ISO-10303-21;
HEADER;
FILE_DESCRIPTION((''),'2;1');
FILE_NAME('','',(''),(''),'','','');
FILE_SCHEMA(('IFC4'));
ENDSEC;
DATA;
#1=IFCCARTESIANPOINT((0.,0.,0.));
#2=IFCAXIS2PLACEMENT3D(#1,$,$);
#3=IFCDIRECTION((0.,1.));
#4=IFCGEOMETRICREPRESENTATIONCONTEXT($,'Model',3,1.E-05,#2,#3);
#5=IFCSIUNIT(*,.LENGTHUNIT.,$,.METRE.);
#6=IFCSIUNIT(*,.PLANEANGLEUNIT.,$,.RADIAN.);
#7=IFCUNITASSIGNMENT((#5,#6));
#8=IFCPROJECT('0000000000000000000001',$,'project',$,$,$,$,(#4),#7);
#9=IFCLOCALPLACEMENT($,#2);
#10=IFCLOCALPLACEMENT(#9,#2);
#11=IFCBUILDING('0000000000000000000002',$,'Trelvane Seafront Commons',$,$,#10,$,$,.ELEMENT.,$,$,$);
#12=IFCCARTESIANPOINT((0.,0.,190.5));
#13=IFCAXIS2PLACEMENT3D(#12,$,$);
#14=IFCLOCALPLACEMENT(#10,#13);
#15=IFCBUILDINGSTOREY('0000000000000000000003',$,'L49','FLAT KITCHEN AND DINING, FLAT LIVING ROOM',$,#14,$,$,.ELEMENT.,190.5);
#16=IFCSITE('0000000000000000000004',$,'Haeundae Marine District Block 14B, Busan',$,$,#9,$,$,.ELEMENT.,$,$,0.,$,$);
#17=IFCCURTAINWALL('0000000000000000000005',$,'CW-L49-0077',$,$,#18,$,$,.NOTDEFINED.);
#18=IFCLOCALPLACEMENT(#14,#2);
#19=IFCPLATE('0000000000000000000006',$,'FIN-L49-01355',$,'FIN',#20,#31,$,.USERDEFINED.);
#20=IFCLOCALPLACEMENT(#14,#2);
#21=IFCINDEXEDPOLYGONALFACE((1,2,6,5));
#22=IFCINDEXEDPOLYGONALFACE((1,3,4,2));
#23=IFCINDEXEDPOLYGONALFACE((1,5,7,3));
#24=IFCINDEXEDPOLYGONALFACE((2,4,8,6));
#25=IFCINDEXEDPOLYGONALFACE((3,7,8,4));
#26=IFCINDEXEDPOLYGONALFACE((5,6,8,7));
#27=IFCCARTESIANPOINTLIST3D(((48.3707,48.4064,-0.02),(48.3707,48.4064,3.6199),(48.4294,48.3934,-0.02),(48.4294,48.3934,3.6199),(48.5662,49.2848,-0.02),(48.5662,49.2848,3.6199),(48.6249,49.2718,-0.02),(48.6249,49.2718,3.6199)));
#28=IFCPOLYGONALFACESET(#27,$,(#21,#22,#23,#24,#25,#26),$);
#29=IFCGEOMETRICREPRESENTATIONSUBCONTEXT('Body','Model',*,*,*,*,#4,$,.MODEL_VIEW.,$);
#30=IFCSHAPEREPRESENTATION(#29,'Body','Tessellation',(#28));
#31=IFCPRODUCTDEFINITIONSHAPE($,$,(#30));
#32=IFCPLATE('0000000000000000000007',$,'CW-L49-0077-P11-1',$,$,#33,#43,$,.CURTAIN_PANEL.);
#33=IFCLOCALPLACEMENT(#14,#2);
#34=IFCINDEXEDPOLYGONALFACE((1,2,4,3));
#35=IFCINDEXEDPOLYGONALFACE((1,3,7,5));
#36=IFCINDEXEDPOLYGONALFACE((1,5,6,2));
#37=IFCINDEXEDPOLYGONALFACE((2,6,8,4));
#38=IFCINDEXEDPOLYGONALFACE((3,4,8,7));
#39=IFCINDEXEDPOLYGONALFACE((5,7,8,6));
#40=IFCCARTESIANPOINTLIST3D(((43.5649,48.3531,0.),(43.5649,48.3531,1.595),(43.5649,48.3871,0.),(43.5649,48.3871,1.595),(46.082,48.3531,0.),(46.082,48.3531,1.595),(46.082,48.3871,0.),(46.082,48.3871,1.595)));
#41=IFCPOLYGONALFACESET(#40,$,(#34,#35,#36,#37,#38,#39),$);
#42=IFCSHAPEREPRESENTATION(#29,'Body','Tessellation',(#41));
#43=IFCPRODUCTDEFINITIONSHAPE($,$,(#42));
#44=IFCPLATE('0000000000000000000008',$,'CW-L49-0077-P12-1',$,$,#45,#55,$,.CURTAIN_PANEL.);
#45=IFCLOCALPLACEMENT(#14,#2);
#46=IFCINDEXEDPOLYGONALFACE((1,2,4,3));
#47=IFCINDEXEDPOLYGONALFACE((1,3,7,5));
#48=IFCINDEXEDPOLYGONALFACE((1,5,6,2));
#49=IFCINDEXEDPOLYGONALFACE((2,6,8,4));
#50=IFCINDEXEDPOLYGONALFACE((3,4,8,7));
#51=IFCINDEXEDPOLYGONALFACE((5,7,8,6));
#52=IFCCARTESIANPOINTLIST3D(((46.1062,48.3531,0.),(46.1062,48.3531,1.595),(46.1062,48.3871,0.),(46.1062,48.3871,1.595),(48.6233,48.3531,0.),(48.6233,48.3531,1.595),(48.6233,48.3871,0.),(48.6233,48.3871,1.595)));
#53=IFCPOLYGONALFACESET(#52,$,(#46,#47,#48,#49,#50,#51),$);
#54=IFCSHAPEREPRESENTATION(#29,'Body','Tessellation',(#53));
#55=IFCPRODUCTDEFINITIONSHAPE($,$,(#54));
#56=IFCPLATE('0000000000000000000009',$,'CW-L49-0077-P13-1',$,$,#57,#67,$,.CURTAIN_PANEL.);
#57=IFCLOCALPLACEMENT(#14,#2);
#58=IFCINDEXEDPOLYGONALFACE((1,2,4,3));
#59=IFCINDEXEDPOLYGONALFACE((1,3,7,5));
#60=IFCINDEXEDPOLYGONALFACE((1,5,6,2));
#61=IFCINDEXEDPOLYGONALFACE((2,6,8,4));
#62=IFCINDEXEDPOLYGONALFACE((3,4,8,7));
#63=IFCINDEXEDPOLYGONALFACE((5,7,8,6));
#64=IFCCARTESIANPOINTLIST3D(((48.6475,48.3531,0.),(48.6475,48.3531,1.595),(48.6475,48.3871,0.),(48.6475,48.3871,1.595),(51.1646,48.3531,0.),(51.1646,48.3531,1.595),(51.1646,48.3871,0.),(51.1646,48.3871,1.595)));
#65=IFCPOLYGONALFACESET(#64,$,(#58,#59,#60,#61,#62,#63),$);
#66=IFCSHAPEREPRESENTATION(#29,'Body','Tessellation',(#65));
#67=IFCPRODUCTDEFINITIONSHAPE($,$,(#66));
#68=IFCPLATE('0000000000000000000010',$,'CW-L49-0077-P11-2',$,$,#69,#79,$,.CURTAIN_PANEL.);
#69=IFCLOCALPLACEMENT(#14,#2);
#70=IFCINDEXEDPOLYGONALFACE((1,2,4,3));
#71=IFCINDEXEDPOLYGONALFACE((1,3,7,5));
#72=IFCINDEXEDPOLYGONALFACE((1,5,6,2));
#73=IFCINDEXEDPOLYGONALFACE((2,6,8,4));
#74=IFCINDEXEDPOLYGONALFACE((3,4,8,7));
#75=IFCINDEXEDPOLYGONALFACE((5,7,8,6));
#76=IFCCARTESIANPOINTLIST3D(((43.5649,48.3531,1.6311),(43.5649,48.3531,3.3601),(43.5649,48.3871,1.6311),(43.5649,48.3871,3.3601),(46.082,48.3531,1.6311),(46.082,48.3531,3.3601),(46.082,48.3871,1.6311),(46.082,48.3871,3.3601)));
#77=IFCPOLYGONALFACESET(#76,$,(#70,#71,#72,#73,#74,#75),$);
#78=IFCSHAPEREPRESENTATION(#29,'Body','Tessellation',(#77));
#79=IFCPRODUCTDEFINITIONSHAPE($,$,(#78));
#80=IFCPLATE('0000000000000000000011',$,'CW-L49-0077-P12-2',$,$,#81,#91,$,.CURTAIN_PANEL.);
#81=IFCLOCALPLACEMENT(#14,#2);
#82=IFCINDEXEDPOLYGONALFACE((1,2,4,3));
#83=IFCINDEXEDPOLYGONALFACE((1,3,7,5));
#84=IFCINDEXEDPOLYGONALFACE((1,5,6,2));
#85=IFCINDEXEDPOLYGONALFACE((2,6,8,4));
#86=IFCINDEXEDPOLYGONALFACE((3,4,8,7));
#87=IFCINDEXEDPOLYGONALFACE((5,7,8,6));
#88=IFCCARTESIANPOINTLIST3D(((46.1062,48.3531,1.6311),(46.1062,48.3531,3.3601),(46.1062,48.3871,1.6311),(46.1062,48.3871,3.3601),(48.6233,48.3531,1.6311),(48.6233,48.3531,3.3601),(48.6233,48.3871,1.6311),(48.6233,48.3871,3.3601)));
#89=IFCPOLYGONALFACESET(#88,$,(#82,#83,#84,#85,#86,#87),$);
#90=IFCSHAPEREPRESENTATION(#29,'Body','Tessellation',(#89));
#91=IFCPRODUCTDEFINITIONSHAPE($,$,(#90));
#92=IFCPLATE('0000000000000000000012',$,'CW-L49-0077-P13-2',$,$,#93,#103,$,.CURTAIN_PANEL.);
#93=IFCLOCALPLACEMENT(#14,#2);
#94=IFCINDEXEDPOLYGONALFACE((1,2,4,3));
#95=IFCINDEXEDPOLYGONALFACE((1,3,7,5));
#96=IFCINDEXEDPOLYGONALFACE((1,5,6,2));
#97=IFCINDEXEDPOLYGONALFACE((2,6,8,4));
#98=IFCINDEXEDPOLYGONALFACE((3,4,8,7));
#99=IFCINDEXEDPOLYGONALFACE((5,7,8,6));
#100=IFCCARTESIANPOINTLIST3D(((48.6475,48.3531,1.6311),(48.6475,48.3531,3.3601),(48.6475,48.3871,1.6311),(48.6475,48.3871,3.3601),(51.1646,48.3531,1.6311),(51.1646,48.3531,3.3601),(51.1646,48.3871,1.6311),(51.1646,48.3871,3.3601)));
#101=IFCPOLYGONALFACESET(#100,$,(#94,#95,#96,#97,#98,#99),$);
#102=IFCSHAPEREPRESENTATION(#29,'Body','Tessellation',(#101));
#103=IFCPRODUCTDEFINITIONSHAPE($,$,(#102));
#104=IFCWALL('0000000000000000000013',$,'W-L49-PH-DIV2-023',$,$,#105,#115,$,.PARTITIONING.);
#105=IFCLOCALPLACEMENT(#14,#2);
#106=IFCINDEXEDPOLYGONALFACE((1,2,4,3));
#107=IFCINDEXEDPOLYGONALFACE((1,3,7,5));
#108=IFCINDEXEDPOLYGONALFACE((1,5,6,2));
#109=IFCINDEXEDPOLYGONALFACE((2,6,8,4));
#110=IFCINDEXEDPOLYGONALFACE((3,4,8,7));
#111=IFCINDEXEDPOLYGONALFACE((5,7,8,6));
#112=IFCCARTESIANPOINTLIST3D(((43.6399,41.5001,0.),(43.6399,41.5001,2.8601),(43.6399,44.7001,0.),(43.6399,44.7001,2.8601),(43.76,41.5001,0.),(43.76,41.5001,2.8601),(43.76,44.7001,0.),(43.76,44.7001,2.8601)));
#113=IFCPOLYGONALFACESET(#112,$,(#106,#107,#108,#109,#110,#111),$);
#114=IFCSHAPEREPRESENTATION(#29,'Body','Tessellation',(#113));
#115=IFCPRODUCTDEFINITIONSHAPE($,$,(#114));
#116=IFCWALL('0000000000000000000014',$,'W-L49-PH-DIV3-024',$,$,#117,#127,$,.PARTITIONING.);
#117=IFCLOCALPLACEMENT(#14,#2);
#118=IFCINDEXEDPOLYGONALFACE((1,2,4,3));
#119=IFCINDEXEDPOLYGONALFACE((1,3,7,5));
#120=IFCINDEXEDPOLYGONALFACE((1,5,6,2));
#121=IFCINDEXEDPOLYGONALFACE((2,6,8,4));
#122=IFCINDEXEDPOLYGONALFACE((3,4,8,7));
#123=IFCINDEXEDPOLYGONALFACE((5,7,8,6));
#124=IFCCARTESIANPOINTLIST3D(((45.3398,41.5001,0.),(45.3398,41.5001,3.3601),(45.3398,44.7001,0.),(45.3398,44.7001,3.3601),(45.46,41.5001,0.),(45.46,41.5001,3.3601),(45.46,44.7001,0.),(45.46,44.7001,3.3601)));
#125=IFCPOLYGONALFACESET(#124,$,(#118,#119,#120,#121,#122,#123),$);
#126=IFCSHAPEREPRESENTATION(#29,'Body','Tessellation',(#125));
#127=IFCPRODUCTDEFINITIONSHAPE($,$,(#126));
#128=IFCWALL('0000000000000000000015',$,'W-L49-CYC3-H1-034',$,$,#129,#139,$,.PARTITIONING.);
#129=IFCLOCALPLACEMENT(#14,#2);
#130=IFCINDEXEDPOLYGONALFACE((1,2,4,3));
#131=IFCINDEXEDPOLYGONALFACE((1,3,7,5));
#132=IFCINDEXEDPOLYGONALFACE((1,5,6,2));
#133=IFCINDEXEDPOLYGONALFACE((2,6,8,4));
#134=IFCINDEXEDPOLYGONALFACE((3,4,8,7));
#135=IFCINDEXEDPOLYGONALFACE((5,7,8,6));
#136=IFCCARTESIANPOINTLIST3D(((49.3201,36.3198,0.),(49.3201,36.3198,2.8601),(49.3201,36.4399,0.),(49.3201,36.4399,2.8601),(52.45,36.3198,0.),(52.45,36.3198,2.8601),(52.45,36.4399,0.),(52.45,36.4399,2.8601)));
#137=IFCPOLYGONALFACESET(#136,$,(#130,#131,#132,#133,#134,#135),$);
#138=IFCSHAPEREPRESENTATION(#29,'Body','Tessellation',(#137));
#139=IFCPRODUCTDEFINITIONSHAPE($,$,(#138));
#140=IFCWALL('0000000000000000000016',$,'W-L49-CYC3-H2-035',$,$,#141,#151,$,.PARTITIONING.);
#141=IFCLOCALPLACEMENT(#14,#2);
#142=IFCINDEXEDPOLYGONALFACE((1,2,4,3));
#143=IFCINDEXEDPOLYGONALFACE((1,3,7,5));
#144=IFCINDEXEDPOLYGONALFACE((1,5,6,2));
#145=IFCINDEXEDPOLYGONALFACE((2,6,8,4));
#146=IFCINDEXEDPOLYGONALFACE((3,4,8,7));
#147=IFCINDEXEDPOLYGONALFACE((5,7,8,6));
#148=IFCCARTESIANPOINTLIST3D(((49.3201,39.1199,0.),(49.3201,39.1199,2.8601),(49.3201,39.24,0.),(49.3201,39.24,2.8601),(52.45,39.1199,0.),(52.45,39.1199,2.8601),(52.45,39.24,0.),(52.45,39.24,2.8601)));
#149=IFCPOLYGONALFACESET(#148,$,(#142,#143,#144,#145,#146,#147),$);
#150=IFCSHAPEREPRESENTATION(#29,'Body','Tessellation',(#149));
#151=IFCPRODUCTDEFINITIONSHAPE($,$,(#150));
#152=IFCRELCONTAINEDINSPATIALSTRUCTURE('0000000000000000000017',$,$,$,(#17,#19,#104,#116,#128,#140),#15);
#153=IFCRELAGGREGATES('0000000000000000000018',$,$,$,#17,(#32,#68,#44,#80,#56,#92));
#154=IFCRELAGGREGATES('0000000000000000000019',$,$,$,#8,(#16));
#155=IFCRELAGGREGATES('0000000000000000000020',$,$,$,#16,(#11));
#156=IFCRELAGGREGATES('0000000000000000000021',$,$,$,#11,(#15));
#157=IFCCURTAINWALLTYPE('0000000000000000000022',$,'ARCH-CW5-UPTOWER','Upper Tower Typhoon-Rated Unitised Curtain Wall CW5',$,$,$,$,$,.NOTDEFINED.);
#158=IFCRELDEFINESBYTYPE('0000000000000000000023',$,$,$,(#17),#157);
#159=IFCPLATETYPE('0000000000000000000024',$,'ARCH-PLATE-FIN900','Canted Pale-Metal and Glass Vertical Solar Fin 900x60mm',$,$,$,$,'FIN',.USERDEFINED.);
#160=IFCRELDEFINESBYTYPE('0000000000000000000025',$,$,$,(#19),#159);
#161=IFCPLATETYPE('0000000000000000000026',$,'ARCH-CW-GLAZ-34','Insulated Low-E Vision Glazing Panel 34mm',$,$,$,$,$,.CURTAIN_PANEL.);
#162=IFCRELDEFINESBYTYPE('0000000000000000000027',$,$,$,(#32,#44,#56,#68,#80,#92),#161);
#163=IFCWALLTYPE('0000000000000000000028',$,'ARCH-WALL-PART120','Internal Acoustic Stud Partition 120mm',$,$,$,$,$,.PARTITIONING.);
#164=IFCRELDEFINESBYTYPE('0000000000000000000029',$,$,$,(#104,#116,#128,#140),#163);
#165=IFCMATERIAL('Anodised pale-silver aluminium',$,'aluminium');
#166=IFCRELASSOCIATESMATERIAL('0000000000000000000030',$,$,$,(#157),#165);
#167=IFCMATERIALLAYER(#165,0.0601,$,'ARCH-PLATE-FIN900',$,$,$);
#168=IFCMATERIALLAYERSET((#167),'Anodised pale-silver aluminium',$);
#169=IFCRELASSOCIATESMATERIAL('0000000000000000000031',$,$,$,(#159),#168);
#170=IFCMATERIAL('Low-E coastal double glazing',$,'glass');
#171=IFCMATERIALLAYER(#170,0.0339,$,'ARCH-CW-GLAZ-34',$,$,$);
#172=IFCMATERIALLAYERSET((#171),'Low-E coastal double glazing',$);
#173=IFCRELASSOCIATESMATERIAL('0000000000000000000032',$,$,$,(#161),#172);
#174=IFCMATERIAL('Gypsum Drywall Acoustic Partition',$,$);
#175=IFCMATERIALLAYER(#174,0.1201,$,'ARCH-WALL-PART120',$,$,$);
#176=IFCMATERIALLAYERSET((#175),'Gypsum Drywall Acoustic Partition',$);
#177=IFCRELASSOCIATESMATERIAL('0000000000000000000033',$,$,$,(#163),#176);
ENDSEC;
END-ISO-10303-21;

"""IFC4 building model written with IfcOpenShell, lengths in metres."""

from ifc_helpers import new_model, si_unit, direction, frame, frame_2d, origin, origin_2d, place, context, subcontext, project, spatial, rectangle, extrude, source, transform, mapped, material, layer, layer_set, type_object, element, aggregate, save


model = new_model("IFC4")

# Units and contexts
model_context = context("Model", 3, precision=1e-05, world=origin(), true_north=direction((0.0, 1.0)))
body_context = subcontext(model_context, "Body", "Model", "MODEL_VIEW")
ifc_project = project(units=[si_unit("LENGTHUNIT", "METRE"), si_unit("PLANEANGLEUNIT", "RADIAN")], contexts=[model_context])

# Site, building, storey
site_placement = place(None, origin())
site = spatial("IfcSite", under=ifc_project, at=site_placement, Name="Haeundae Marine District Block 14B, Busan", CompositionType="ELEMENT", RefElevation=0.0)
building_placement = place(site_placement, origin())
building = spatial("IfcBuilding", under=site, at=building_placement, Name="Trelvane Seafront Commons", CompositionType="ELEMENT")
storey_placement = place(building_placement, frame((0.0, 0.0, 190.5)))
storey = spatial("IfcBuildingStorey", under=building, at=storey_placement, Name="L49", Description="FLAT KITCHEN AND DINING, FLAT LIVING ROOM", CompositionType="ELEMENT", Elevation=190.5)

# Curtain wall
ifc_material_1 = material(Name="Anodised pale-silver aluminium", Category="aluminium")
curtain_wall_type = type_object("IfcCurtainWallType", Name="ARCH-CW5-UPTOWER", Description="Upper Tower Typhoon-Rated Unitised Curtain Wall CW5", PredefinedType="NOTDEFINED", material=ifc_material_1)
curtain_wall_placement = place(storey_placement, origin())
curtain_wall = element("IfcCurtainWall", 1, at=curtain_wall_placement, inside=storey, type_object=curtain_wall_type, Name="CW-L49-0077", PredefinedType="NOTDEFINED")

# Plate
ifc_layer_1 = layer(ifc_material_1, 0.0601, Name="ARCH-PLATE-FIN900")
ifc_layer_set_1 = layer_set([ifc_layer_1], Name="Anodised pale-silver aluminium")
plate_type_1 = type_object("IfcPlateType", Name="ARCH-PLATE-FIN900", Description="Canted Pale-Metal and Glass Vertical Solar Fin 900x60mm", ElementType="FIN", PredefinedType="USERDEFINED", material=ifc_layer_set_1)
shared_shape_1 = source(origin(), body_context, "Body", "SweptSolid", [
    extrude(rectangle(XDim=0.8999, YDim=0.0601, at=origin_2d()), origin(), (0.0, 0.0, 1.0), 3.6399),
])
for number, where, z_axis, x_axis, name in (
    (2, (48.4978, 48.8391, -0.02), (0.0, 0.0, 1.0), (0.217225, 0.976122, 0.0), "FIN-L49-01355"),
):
    element("IfcPlate", number, at=place(storey_placement, frame(where, z_axis=z_axis, x_axis=x_axis)), inside=storey, type_object=plate_type_1, Name=name, ObjectType="FIN", PredefinedType="USERDEFINED", context=body_context, shape_type="MappedRepresentation", body=[
        mapped(shared_shape_1, transform((0.0, 0.0, 0.0), x_axis=(1.0, 0.0, 0.0), y_axis=(0.0, 1.0, 0.0), z_axis=(0.0, 0.0, 1.0), scale=1.0)),
    ])

# Plates
ifc_material_2 = material(Name="Low-E coastal double glazing", Category="glass")
ifc_layer_2 = layer(ifc_material_2, 0.0339, Name="ARCH-CW-GLAZ-34")
ifc_layer_set_2 = layer_set([ifc_layer_2], Name="Low-E coastal double glazing")
plate_type_2 = type_object("IfcPlateType", Name="ARCH-CW-GLAZ-34", Description="Insulated Low-E Vision Glazing Panel 34mm", PredefinedType="CURTAIN_PANEL", material=ifc_layer_set_2)
shared_shape_2 = source(origin(), body_context, "Body", "SweptSolid", [
    extrude(rectangle(XDim=2.5171, YDim=0.0339, at=origin_2d()), origin(), (0.0, 0.0, 1.0), 1.595),
])
plate_1_placement = place(storey_placement, frame((44.8235, 48.3701, 0.0), z_axis=(0.0, 0.0, 1.0), x_axis=(1.0, 0.0, 0.0)))
plate_1 = element("IfcPlate", 3, at=plate_1_placement, type_object=plate_type_2, Name="CW-L49-0077-P11-1", PredefinedType="CURTAIN_PANEL", context=body_context, shape_type="MappedRepresentation", body=[
    mapped(shared_shape_2, transform((0.0, 0.0, 0.0), x_axis=(1.0, 0.0, 0.0), y_axis=(0.0, 1.0, 0.0), z_axis=(0.0, 0.0, 1.0), scale=1.0)),
])
plate_2_placement = place(storey_placement, frame((47.3647, 48.3701, 0.0), z_axis=(0.0, 0.0, 1.0), x_axis=(1.0, 0.0, 0.0)))
plate_2 = element("IfcPlate", 4, at=plate_2_placement, type_object=plate_type_2, Name="CW-L49-0077-P12-1", PredefinedType="CURTAIN_PANEL", context=body_context, shape_type="MappedRepresentation", body=[
    mapped(shared_shape_2, transform((0.0, 0.0, 0.0), x_axis=(1.0, 0.0, 0.0), y_axis=(0.0, 1.0, 0.0), z_axis=(0.0, 0.0, 1.0), scale=1.0)),
])
plate_3_placement = place(storey_placement, frame((49.906, 48.3701, 0.0), z_axis=(0.0, 0.0, 1.0), x_axis=(1.0, 0.0, 0.0)))
plate_3 = element("IfcPlate", 5, at=plate_3_placement, type_object=plate_type_2, Name="CW-L49-0077-P13-1", PredefinedType="CURTAIN_PANEL", context=body_context, shape_type="MappedRepresentation", body=[
    mapped(shared_shape_2, transform((0.0, 0.0, 0.0), x_axis=(1.0, 0.0, 0.0), y_axis=(0.0, 1.0, 0.0), z_axis=(0.0, 0.0, 1.0), scale=1.0)),
])
shared_shape_3 = source(origin(), body_context, "Body", "SweptSolid", [
    extrude(rectangle(XDim=2.5171, YDim=0.0339, at=origin_2d()), origin(), (0.0, 0.0, 1.0), 1.729),
])
plate_4_placement = place(storey_placement, frame((44.8235, 48.3701, 1.6311), z_axis=(0.0, 0.0, 1.0), x_axis=(1.0, 0.0, 0.0)))
plate_4 = element("IfcPlate", 6, at=plate_4_placement, type_object=plate_type_2, Name="CW-L49-0077-P11-2", PredefinedType="CURTAIN_PANEL", context=body_context, shape_type="MappedRepresentation", body=[
    mapped(shared_shape_3, transform((0.0, 0.0, 0.0), x_axis=(1.0, 0.0, 0.0), y_axis=(0.0, 1.0, 0.0), z_axis=(0.0, 0.0, 1.0), scale=1.0)),
])
plate_5_placement = place(storey_placement, frame((47.3647, 48.3701, 1.6311), z_axis=(0.0, 0.0, 1.0), x_axis=(1.0, 0.0, 0.0)))
plate_5 = element("IfcPlate", 7, at=plate_5_placement, type_object=plate_type_2, Name="CW-L49-0077-P12-2", PredefinedType="CURTAIN_PANEL", context=body_context, shape_type="MappedRepresentation", body=[
    mapped(shared_shape_3, transform((0.0, 0.0, 0.0), x_axis=(1.0, 0.0, 0.0), y_axis=(0.0, 1.0, 0.0), z_axis=(0.0, 0.0, 1.0), scale=1.0)),
])
plate_6_placement = place(storey_placement, frame((49.906, 48.3701, 1.6311), z_axis=(0.0, 0.0, 1.0), x_axis=(1.0, 0.0, 0.0)))
plate_6 = element("IfcPlate", 8, at=plate_6_placement, type_object=plate_type_2, Name="CW-L49-0077-P13-2", PredefinedType="CURTAIN_PANEL", context=body_context, shape_type="MappedRepresentation", body=[
    mapped(shared_shape_3, transform((0.0, 0.0, 0.0), x_axis=(1.0, 0.0, 0.0), y_axis=(0.0, 1.0, 0.0), z_axis=(0.0, 0.0, 1.0), scale=1.0)),
])
aggregate(curtain_wall, [plate_1, plate_4, plate_2, plate_5, plate_3, plate_6])

# Walls
ifc_material_3 = material(Name="Gypsum Drywall Acoustic Partition")
ifc_layer_3 = layer(ifc_material_3, 0.1201, Name="ARCH-WALL-PART120")
ifc_layer_set_3 = layer_set([ifc_layer_3], Name="Gypsum Drywall Acoustic Partition")
wall_type_1 = type_object("IfcWallType", Name="ARCH-WALL-PART120", Description="Internal Acoustic Stud Partition 120mm", PredefinedType="PARTITIONING", material=ifc_layer_set_3)
wall_1_placement = place(storey_placement, frame((43.7, 41.5, 0.0), z_axis=(0.0, 0.0, 1.0), x_axis=(0.0, 1.0, 0.0)))
element("IfcWall", 9, at=wall_1_placement, inside=storey, type_object=wall_type_1, Name="W-L49-PH-DIV2-023", PredefinedType="PARTITIONING", context=body_context, shape_type="SweptSolid", body=[
    extrude(rectangle(XDim=3.2, YDim=0.1201, at=frame_2d((1.6001, 0.0))), origin(), (0.0, 0.0, 1.0), 2.8601),
])
wall_2_placement = place(storey_placement, frame((45.3999, 41.5, 0.0), z_axis=(0.0, 0.0, 1.0), x_axis=(0.0, 1.0, 0.0)))
element("IfcWall", 10, at=wall_2_placement, inside=storey, type_object=wall_type_1, Name="W-L49-PH-DIV3-024", PredefinedType="PARTITIONING", context=body_context, shape_type="SweptSolid", body=[
    extrude(rectangle(XDim=3.2, YDim=0.1201, at=frame_2d((1.6001, 0.0))), origin(), (0.0, 0.0, 1.0), 3.3601),
])
for number, where, z_axis, x_axis, name in (
    (11, (49.3201, 36.3799, 0.0), (0.0, 0.0, 1.0), (1.0, 0.0, 0.0), "W-L49-CYC3-H1-034"),
    (12, (49.3201, 39.1799, 0.0), (0.0, 0.0, 1.0), (1.0, 0.0, 0.0), "W-L49-CYC3-H2-035"),
):
    element("IfcWall", number, at=place(storey_placement, frame(where, z_axis=z_axis, x_axis=x_axis)), inside=storey, type_object=wall_type_1, Name=name, PredefinedType="PARTITIONING", context=body_context, shape_type="SweptSolid", body=[
        extrude(rectangle(XDim=3.1299, YDim=0.1201, at=frame_2d((1.5649, 0.0))), origin(), (0.0, 0.0, 1.0), 2.8601),
    ])

save(model, "model.ifc")
